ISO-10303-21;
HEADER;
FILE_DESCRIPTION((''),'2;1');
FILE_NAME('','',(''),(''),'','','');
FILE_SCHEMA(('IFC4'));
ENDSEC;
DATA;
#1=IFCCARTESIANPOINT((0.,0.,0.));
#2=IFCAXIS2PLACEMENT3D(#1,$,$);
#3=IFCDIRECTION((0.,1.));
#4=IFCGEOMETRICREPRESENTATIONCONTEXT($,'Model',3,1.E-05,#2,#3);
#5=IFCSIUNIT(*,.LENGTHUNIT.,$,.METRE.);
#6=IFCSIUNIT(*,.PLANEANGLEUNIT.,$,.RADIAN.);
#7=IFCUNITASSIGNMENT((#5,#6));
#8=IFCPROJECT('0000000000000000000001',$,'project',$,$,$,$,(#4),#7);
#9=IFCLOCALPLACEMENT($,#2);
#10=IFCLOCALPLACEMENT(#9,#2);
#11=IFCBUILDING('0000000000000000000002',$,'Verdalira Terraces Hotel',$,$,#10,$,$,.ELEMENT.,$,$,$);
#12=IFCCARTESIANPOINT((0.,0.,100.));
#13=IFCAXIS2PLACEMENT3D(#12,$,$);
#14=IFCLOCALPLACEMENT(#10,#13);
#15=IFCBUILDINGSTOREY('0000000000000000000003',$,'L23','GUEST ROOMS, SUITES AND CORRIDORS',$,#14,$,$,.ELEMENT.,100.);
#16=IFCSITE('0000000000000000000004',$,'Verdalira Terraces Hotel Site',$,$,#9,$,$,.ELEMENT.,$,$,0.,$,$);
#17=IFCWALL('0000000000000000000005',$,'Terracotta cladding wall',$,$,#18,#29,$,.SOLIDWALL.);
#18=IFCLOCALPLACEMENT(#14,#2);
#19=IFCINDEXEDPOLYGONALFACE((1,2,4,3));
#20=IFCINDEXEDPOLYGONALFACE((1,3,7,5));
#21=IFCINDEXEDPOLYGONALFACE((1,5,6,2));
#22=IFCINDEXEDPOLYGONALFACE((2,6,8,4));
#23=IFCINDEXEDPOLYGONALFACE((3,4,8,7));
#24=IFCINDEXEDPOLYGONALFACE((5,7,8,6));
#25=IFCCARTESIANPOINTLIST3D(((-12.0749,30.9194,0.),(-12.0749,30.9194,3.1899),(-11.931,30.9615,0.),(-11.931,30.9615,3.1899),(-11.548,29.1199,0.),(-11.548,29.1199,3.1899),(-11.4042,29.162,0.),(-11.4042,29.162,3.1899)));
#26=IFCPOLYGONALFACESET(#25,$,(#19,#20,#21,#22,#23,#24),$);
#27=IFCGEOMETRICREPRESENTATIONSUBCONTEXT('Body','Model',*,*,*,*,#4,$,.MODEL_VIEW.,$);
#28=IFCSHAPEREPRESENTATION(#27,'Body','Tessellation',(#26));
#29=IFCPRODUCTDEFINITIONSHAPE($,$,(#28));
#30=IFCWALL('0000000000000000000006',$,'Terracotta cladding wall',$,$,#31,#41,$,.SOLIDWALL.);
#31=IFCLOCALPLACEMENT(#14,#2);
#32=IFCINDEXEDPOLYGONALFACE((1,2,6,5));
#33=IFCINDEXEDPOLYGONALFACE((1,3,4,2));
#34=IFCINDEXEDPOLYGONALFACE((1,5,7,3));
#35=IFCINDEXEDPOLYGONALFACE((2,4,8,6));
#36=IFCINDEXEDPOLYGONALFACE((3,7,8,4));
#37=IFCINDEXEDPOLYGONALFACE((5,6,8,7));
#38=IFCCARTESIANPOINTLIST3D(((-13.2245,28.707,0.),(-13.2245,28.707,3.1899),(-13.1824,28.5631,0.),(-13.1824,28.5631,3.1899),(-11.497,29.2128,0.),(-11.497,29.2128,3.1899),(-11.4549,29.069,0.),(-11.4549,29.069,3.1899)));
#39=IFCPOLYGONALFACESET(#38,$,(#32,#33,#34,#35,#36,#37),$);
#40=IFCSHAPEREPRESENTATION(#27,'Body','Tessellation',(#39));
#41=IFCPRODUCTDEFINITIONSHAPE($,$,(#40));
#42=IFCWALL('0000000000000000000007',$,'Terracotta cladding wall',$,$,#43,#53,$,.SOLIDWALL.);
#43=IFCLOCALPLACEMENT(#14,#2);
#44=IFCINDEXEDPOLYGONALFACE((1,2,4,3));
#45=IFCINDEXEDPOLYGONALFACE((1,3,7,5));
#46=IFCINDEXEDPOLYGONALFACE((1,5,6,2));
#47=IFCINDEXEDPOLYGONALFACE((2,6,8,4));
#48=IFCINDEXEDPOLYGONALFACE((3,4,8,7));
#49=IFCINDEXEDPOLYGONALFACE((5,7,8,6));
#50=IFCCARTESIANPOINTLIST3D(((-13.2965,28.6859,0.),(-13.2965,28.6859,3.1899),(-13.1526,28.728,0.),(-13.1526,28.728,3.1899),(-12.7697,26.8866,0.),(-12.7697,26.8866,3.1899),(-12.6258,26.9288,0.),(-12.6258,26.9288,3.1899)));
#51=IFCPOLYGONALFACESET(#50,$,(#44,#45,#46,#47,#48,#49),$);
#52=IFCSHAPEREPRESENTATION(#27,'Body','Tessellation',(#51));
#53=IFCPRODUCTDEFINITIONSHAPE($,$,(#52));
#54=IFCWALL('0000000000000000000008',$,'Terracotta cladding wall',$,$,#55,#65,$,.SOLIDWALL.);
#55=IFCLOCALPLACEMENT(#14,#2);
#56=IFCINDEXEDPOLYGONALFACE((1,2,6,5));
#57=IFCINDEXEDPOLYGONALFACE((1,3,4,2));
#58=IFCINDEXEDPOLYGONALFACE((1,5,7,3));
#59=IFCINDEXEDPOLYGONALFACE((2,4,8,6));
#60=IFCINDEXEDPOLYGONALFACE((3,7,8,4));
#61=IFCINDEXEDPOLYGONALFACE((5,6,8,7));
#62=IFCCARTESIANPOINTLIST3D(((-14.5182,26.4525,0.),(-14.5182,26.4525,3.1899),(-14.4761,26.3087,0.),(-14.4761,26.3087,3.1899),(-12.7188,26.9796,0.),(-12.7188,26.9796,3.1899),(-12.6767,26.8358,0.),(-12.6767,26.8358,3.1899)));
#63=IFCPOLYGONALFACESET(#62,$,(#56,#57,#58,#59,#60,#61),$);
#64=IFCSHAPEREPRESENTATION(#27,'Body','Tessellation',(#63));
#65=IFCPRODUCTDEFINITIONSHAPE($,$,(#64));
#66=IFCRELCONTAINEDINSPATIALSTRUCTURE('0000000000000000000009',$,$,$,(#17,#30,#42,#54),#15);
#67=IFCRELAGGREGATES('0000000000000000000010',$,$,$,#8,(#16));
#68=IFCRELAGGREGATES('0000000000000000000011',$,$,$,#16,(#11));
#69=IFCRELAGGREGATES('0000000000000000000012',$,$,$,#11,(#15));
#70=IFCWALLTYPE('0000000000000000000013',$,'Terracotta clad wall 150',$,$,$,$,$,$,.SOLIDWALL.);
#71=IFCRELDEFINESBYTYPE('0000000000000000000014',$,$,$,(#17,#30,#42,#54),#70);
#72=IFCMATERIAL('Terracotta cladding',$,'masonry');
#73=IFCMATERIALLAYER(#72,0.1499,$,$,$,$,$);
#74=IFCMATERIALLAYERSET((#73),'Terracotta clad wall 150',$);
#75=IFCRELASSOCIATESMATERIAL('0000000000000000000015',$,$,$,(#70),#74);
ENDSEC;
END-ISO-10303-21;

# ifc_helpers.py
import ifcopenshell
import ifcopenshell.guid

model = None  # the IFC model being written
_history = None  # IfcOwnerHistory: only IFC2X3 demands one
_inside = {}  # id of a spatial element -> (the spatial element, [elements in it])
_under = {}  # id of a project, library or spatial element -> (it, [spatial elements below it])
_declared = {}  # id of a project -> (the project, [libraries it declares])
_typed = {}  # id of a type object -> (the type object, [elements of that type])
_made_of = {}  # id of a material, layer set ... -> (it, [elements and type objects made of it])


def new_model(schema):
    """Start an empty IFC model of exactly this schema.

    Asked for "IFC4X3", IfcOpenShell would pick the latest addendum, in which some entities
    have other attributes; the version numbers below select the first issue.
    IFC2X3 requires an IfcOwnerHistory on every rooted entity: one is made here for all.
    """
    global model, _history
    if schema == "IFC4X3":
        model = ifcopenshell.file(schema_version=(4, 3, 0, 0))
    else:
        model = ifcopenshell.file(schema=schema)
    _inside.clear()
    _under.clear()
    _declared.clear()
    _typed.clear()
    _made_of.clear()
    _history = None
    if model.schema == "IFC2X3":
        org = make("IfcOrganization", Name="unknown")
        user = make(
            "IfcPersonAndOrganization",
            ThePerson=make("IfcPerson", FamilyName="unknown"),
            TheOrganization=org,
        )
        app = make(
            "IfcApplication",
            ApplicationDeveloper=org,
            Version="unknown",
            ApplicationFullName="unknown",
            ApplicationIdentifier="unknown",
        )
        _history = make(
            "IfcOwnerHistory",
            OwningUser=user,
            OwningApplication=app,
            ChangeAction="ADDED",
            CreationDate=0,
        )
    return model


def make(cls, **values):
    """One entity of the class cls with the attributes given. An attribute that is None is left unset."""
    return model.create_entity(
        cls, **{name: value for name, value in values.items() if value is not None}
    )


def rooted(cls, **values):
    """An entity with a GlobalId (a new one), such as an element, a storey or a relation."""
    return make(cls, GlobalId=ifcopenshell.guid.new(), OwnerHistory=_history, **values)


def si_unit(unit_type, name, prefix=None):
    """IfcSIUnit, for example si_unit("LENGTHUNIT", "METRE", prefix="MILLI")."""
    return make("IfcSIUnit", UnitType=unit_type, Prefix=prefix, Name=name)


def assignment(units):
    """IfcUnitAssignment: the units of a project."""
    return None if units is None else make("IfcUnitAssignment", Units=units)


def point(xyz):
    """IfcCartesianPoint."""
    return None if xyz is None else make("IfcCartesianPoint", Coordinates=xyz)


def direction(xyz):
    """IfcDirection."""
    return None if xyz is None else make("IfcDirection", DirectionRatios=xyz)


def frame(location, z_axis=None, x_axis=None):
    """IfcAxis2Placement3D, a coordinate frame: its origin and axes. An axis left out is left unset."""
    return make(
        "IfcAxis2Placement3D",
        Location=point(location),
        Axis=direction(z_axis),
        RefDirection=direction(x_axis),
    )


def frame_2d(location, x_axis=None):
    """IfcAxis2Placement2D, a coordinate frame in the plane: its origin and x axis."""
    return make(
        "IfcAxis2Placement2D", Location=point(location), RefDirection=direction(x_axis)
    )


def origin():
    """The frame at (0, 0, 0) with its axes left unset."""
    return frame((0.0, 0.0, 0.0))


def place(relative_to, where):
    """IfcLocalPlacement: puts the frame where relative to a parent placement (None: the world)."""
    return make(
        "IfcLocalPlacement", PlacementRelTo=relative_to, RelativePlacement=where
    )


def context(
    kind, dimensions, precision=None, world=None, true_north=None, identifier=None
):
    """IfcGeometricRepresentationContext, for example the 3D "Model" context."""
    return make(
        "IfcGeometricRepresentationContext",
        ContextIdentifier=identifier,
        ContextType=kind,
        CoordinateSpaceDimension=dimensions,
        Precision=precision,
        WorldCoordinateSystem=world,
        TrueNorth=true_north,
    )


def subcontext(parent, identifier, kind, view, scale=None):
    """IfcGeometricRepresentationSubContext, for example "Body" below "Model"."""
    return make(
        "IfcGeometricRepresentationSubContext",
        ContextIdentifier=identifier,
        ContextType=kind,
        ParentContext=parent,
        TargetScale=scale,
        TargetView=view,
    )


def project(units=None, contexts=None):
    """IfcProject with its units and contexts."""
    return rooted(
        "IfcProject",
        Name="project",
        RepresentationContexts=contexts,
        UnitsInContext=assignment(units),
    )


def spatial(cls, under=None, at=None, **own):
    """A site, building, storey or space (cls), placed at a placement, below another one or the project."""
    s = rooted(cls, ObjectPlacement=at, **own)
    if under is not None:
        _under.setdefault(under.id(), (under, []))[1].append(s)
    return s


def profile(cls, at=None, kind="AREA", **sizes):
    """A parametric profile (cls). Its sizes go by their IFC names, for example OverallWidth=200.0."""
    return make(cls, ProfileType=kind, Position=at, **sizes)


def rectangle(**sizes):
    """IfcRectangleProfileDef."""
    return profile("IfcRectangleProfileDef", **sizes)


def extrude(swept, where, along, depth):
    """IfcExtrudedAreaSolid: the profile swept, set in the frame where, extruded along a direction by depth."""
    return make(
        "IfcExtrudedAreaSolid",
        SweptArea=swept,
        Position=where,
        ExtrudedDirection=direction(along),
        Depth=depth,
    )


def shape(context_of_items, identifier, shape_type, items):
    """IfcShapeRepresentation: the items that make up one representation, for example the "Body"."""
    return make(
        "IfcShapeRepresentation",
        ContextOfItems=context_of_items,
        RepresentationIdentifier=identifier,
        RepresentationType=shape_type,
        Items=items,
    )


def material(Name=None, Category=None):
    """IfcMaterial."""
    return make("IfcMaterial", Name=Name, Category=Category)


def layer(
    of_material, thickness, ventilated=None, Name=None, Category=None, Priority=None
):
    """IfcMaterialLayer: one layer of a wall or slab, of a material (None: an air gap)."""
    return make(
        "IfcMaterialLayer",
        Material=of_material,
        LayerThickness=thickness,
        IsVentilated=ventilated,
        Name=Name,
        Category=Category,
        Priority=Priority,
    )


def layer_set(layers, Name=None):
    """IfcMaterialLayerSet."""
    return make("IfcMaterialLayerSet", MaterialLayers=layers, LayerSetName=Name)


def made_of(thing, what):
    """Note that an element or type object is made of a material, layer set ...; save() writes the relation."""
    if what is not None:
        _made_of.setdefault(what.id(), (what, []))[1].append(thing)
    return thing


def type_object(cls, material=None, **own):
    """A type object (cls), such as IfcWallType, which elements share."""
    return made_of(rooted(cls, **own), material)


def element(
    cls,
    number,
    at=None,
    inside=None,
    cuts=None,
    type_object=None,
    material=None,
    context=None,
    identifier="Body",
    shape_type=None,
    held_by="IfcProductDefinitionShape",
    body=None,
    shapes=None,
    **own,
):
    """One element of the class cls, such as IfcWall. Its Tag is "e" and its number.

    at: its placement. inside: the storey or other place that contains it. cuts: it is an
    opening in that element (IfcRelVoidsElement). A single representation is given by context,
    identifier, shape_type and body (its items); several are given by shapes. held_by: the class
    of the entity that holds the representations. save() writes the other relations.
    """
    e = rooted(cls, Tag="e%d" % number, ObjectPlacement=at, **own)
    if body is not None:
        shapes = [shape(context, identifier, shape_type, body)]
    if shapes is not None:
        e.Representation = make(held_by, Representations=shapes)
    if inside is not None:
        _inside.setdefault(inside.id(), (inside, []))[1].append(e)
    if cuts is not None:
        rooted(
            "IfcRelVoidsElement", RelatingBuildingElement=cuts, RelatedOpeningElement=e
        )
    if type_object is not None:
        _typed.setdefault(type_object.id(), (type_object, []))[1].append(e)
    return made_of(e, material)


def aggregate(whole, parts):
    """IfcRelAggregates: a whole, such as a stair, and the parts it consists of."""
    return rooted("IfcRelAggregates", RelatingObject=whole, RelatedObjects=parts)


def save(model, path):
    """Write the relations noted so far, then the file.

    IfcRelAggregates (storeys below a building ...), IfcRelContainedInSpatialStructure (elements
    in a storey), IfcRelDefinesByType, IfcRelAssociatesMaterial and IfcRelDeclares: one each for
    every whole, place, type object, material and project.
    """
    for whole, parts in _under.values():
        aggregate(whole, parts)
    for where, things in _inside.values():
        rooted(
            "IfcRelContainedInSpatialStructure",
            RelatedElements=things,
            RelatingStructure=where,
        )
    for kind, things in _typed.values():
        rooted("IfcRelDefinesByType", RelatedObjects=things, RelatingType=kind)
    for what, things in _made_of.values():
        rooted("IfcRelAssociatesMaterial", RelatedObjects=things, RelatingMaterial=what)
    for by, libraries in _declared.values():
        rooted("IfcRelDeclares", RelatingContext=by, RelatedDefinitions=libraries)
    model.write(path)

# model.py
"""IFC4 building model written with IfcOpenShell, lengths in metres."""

from ifc_helpers import new_model, si_unit, direction, frame, frame_2d, origin, place, context, subcontext, project, spatial, rectangle, extrude, material, layer, layer_set, type_object, element, save


model = new_model("IFC4")

# Units and contexts
model_context = context("Model", 3, precision=1e-05, world=origin(), true_north=direction((0.0, 1.0)))
body_context = subcontext(model_context, "Body", "Model", "MODEL_VIEW")
ifc_project = project(units=[si_unit("LENGTHUNIT", "METRE"), si_unit("PLANEANGLEUNIT", "RADIAN")], contexts=[model_context])

# Site, building, storey
site_placement = place(None, origin())
site = spatial("IfcSite", under=ifc_project, at=site_placement, Name="Verdalira Terraces Hotel Site", CompositionType="ELEMENT", RefElevation=0.0)
building_placement = place(site_placement, origin())
building = spatial("IfcBuilding", under=site, at=building_placement, Name="Verdalira Terraces Hotel", CompositionType="ELEMENT")
storey_placement = place(building_placement, frame((0.0, 0.0, 100.0)))
storey = spatial("IfcBuildingStorey", under=building, at=storey_placement, Name="L23", Description="GUEST ROOMS, SUITES AND CORRIDORS", CompositionType="ELEMENT", Elevation=100.0)

# Walls
ifc_material_1 = material(Name="Terracotta cladding", Category="masonry")
ifc_layer_1 = layer(ifc_material_1, 0.1499)
ifc_layer_set_1 = layer_set([ifc_layer_1], Name="Terracotta clad wall 150")
wall_type_1 = type_object("IfcWallType", Name="Terracotta clad wall 150", PredefinedType="SOLIDWALL", material=ifc_layer_set_1)
wall_1_placement = place(storey_placement, frame((-12.0029, 30.9404, 0.0), z_axis=(0.0, 0.0, 1.0), x_axis=(0.280975, -0.959715, 0.0)))
element("IfcWall", 1, at=wall_1_placement, inside=storey, type_object=wall_type_1, Name="Terracotta cladding wall", PredefinedType="SOLIDWALL", context=body_context, shape_type="SweptSolid", body=[
    extrude(rectangle(XDim=1.875, YDim=0.1499, at=frame_2d((0.9375, 0.0))), origin(), (0.0, 0.0, 1.0), 3.1899),
])
wall_2_placement = place(storey_placement, frame((-11.4761, 29.1409, 0.0), z_axis=(0.0, 0.0, 1.0), x_axis=(-0.959702, -0.281021, 0.0)))
element("IfcWall", 2, at=wall_2_placement, inside=storey, type_object=wall_type_1, Name="Terracotta cladding wall", PredefinedType="SOLIDWALL", context=body_context, shape_type="SweptSolid", body=[
    extrude(rectangle(XDim=1.8, YDim=0.1499, at=frame_2d((0.8999, 0.0))), origin(), (0.0, 0.0, 1.0), 3.1899),
])
wall_3_placement = place(storey_placement, frame((-13.2246, 28.707, 0.0), z_axis=(0.0, 0.0, 1.0), x_axis=(0.28101, -0.959705, 0.0)))
element("IfcWall", 3, at=wall_3_placement, inside=storey, type_object=wall_type_1, Name="Terracotta cladding wall", PredefinedType="SOLIDWALL", context=body_context, shape_type="SweptSolid", body=[
    extrude(rectangle(XDim=1.8748, YDim=0.1499, at=frame_2d((0.9375, 0.0))), origin(), (0.0, 0.0, 1.0), 3.1899),
])
wall_4_placement = place(storey_placement, frame((-12.6978, 26.9077, 0.0), z_axis=(0.0, 0.0, 1.0), x_axis=(-0.95967, -0.28113, 0.0)))
element("IfcWall", 4, at=wall_4_placement, inside=storey, type_object=wall_type_1, Name="Terracotta cladding wall", PredefinedType="SOLIDWALL", context=body_context, shape_type="SweptSolid", body=[
    extrude(rectangle(XDim=1.875, YDim=0.1499, at=frame_2d((0.9375, 0.0))), origin(), (0.0, 0.0, 1.0), 3.1899),
])

save(model, "model.ifc")
